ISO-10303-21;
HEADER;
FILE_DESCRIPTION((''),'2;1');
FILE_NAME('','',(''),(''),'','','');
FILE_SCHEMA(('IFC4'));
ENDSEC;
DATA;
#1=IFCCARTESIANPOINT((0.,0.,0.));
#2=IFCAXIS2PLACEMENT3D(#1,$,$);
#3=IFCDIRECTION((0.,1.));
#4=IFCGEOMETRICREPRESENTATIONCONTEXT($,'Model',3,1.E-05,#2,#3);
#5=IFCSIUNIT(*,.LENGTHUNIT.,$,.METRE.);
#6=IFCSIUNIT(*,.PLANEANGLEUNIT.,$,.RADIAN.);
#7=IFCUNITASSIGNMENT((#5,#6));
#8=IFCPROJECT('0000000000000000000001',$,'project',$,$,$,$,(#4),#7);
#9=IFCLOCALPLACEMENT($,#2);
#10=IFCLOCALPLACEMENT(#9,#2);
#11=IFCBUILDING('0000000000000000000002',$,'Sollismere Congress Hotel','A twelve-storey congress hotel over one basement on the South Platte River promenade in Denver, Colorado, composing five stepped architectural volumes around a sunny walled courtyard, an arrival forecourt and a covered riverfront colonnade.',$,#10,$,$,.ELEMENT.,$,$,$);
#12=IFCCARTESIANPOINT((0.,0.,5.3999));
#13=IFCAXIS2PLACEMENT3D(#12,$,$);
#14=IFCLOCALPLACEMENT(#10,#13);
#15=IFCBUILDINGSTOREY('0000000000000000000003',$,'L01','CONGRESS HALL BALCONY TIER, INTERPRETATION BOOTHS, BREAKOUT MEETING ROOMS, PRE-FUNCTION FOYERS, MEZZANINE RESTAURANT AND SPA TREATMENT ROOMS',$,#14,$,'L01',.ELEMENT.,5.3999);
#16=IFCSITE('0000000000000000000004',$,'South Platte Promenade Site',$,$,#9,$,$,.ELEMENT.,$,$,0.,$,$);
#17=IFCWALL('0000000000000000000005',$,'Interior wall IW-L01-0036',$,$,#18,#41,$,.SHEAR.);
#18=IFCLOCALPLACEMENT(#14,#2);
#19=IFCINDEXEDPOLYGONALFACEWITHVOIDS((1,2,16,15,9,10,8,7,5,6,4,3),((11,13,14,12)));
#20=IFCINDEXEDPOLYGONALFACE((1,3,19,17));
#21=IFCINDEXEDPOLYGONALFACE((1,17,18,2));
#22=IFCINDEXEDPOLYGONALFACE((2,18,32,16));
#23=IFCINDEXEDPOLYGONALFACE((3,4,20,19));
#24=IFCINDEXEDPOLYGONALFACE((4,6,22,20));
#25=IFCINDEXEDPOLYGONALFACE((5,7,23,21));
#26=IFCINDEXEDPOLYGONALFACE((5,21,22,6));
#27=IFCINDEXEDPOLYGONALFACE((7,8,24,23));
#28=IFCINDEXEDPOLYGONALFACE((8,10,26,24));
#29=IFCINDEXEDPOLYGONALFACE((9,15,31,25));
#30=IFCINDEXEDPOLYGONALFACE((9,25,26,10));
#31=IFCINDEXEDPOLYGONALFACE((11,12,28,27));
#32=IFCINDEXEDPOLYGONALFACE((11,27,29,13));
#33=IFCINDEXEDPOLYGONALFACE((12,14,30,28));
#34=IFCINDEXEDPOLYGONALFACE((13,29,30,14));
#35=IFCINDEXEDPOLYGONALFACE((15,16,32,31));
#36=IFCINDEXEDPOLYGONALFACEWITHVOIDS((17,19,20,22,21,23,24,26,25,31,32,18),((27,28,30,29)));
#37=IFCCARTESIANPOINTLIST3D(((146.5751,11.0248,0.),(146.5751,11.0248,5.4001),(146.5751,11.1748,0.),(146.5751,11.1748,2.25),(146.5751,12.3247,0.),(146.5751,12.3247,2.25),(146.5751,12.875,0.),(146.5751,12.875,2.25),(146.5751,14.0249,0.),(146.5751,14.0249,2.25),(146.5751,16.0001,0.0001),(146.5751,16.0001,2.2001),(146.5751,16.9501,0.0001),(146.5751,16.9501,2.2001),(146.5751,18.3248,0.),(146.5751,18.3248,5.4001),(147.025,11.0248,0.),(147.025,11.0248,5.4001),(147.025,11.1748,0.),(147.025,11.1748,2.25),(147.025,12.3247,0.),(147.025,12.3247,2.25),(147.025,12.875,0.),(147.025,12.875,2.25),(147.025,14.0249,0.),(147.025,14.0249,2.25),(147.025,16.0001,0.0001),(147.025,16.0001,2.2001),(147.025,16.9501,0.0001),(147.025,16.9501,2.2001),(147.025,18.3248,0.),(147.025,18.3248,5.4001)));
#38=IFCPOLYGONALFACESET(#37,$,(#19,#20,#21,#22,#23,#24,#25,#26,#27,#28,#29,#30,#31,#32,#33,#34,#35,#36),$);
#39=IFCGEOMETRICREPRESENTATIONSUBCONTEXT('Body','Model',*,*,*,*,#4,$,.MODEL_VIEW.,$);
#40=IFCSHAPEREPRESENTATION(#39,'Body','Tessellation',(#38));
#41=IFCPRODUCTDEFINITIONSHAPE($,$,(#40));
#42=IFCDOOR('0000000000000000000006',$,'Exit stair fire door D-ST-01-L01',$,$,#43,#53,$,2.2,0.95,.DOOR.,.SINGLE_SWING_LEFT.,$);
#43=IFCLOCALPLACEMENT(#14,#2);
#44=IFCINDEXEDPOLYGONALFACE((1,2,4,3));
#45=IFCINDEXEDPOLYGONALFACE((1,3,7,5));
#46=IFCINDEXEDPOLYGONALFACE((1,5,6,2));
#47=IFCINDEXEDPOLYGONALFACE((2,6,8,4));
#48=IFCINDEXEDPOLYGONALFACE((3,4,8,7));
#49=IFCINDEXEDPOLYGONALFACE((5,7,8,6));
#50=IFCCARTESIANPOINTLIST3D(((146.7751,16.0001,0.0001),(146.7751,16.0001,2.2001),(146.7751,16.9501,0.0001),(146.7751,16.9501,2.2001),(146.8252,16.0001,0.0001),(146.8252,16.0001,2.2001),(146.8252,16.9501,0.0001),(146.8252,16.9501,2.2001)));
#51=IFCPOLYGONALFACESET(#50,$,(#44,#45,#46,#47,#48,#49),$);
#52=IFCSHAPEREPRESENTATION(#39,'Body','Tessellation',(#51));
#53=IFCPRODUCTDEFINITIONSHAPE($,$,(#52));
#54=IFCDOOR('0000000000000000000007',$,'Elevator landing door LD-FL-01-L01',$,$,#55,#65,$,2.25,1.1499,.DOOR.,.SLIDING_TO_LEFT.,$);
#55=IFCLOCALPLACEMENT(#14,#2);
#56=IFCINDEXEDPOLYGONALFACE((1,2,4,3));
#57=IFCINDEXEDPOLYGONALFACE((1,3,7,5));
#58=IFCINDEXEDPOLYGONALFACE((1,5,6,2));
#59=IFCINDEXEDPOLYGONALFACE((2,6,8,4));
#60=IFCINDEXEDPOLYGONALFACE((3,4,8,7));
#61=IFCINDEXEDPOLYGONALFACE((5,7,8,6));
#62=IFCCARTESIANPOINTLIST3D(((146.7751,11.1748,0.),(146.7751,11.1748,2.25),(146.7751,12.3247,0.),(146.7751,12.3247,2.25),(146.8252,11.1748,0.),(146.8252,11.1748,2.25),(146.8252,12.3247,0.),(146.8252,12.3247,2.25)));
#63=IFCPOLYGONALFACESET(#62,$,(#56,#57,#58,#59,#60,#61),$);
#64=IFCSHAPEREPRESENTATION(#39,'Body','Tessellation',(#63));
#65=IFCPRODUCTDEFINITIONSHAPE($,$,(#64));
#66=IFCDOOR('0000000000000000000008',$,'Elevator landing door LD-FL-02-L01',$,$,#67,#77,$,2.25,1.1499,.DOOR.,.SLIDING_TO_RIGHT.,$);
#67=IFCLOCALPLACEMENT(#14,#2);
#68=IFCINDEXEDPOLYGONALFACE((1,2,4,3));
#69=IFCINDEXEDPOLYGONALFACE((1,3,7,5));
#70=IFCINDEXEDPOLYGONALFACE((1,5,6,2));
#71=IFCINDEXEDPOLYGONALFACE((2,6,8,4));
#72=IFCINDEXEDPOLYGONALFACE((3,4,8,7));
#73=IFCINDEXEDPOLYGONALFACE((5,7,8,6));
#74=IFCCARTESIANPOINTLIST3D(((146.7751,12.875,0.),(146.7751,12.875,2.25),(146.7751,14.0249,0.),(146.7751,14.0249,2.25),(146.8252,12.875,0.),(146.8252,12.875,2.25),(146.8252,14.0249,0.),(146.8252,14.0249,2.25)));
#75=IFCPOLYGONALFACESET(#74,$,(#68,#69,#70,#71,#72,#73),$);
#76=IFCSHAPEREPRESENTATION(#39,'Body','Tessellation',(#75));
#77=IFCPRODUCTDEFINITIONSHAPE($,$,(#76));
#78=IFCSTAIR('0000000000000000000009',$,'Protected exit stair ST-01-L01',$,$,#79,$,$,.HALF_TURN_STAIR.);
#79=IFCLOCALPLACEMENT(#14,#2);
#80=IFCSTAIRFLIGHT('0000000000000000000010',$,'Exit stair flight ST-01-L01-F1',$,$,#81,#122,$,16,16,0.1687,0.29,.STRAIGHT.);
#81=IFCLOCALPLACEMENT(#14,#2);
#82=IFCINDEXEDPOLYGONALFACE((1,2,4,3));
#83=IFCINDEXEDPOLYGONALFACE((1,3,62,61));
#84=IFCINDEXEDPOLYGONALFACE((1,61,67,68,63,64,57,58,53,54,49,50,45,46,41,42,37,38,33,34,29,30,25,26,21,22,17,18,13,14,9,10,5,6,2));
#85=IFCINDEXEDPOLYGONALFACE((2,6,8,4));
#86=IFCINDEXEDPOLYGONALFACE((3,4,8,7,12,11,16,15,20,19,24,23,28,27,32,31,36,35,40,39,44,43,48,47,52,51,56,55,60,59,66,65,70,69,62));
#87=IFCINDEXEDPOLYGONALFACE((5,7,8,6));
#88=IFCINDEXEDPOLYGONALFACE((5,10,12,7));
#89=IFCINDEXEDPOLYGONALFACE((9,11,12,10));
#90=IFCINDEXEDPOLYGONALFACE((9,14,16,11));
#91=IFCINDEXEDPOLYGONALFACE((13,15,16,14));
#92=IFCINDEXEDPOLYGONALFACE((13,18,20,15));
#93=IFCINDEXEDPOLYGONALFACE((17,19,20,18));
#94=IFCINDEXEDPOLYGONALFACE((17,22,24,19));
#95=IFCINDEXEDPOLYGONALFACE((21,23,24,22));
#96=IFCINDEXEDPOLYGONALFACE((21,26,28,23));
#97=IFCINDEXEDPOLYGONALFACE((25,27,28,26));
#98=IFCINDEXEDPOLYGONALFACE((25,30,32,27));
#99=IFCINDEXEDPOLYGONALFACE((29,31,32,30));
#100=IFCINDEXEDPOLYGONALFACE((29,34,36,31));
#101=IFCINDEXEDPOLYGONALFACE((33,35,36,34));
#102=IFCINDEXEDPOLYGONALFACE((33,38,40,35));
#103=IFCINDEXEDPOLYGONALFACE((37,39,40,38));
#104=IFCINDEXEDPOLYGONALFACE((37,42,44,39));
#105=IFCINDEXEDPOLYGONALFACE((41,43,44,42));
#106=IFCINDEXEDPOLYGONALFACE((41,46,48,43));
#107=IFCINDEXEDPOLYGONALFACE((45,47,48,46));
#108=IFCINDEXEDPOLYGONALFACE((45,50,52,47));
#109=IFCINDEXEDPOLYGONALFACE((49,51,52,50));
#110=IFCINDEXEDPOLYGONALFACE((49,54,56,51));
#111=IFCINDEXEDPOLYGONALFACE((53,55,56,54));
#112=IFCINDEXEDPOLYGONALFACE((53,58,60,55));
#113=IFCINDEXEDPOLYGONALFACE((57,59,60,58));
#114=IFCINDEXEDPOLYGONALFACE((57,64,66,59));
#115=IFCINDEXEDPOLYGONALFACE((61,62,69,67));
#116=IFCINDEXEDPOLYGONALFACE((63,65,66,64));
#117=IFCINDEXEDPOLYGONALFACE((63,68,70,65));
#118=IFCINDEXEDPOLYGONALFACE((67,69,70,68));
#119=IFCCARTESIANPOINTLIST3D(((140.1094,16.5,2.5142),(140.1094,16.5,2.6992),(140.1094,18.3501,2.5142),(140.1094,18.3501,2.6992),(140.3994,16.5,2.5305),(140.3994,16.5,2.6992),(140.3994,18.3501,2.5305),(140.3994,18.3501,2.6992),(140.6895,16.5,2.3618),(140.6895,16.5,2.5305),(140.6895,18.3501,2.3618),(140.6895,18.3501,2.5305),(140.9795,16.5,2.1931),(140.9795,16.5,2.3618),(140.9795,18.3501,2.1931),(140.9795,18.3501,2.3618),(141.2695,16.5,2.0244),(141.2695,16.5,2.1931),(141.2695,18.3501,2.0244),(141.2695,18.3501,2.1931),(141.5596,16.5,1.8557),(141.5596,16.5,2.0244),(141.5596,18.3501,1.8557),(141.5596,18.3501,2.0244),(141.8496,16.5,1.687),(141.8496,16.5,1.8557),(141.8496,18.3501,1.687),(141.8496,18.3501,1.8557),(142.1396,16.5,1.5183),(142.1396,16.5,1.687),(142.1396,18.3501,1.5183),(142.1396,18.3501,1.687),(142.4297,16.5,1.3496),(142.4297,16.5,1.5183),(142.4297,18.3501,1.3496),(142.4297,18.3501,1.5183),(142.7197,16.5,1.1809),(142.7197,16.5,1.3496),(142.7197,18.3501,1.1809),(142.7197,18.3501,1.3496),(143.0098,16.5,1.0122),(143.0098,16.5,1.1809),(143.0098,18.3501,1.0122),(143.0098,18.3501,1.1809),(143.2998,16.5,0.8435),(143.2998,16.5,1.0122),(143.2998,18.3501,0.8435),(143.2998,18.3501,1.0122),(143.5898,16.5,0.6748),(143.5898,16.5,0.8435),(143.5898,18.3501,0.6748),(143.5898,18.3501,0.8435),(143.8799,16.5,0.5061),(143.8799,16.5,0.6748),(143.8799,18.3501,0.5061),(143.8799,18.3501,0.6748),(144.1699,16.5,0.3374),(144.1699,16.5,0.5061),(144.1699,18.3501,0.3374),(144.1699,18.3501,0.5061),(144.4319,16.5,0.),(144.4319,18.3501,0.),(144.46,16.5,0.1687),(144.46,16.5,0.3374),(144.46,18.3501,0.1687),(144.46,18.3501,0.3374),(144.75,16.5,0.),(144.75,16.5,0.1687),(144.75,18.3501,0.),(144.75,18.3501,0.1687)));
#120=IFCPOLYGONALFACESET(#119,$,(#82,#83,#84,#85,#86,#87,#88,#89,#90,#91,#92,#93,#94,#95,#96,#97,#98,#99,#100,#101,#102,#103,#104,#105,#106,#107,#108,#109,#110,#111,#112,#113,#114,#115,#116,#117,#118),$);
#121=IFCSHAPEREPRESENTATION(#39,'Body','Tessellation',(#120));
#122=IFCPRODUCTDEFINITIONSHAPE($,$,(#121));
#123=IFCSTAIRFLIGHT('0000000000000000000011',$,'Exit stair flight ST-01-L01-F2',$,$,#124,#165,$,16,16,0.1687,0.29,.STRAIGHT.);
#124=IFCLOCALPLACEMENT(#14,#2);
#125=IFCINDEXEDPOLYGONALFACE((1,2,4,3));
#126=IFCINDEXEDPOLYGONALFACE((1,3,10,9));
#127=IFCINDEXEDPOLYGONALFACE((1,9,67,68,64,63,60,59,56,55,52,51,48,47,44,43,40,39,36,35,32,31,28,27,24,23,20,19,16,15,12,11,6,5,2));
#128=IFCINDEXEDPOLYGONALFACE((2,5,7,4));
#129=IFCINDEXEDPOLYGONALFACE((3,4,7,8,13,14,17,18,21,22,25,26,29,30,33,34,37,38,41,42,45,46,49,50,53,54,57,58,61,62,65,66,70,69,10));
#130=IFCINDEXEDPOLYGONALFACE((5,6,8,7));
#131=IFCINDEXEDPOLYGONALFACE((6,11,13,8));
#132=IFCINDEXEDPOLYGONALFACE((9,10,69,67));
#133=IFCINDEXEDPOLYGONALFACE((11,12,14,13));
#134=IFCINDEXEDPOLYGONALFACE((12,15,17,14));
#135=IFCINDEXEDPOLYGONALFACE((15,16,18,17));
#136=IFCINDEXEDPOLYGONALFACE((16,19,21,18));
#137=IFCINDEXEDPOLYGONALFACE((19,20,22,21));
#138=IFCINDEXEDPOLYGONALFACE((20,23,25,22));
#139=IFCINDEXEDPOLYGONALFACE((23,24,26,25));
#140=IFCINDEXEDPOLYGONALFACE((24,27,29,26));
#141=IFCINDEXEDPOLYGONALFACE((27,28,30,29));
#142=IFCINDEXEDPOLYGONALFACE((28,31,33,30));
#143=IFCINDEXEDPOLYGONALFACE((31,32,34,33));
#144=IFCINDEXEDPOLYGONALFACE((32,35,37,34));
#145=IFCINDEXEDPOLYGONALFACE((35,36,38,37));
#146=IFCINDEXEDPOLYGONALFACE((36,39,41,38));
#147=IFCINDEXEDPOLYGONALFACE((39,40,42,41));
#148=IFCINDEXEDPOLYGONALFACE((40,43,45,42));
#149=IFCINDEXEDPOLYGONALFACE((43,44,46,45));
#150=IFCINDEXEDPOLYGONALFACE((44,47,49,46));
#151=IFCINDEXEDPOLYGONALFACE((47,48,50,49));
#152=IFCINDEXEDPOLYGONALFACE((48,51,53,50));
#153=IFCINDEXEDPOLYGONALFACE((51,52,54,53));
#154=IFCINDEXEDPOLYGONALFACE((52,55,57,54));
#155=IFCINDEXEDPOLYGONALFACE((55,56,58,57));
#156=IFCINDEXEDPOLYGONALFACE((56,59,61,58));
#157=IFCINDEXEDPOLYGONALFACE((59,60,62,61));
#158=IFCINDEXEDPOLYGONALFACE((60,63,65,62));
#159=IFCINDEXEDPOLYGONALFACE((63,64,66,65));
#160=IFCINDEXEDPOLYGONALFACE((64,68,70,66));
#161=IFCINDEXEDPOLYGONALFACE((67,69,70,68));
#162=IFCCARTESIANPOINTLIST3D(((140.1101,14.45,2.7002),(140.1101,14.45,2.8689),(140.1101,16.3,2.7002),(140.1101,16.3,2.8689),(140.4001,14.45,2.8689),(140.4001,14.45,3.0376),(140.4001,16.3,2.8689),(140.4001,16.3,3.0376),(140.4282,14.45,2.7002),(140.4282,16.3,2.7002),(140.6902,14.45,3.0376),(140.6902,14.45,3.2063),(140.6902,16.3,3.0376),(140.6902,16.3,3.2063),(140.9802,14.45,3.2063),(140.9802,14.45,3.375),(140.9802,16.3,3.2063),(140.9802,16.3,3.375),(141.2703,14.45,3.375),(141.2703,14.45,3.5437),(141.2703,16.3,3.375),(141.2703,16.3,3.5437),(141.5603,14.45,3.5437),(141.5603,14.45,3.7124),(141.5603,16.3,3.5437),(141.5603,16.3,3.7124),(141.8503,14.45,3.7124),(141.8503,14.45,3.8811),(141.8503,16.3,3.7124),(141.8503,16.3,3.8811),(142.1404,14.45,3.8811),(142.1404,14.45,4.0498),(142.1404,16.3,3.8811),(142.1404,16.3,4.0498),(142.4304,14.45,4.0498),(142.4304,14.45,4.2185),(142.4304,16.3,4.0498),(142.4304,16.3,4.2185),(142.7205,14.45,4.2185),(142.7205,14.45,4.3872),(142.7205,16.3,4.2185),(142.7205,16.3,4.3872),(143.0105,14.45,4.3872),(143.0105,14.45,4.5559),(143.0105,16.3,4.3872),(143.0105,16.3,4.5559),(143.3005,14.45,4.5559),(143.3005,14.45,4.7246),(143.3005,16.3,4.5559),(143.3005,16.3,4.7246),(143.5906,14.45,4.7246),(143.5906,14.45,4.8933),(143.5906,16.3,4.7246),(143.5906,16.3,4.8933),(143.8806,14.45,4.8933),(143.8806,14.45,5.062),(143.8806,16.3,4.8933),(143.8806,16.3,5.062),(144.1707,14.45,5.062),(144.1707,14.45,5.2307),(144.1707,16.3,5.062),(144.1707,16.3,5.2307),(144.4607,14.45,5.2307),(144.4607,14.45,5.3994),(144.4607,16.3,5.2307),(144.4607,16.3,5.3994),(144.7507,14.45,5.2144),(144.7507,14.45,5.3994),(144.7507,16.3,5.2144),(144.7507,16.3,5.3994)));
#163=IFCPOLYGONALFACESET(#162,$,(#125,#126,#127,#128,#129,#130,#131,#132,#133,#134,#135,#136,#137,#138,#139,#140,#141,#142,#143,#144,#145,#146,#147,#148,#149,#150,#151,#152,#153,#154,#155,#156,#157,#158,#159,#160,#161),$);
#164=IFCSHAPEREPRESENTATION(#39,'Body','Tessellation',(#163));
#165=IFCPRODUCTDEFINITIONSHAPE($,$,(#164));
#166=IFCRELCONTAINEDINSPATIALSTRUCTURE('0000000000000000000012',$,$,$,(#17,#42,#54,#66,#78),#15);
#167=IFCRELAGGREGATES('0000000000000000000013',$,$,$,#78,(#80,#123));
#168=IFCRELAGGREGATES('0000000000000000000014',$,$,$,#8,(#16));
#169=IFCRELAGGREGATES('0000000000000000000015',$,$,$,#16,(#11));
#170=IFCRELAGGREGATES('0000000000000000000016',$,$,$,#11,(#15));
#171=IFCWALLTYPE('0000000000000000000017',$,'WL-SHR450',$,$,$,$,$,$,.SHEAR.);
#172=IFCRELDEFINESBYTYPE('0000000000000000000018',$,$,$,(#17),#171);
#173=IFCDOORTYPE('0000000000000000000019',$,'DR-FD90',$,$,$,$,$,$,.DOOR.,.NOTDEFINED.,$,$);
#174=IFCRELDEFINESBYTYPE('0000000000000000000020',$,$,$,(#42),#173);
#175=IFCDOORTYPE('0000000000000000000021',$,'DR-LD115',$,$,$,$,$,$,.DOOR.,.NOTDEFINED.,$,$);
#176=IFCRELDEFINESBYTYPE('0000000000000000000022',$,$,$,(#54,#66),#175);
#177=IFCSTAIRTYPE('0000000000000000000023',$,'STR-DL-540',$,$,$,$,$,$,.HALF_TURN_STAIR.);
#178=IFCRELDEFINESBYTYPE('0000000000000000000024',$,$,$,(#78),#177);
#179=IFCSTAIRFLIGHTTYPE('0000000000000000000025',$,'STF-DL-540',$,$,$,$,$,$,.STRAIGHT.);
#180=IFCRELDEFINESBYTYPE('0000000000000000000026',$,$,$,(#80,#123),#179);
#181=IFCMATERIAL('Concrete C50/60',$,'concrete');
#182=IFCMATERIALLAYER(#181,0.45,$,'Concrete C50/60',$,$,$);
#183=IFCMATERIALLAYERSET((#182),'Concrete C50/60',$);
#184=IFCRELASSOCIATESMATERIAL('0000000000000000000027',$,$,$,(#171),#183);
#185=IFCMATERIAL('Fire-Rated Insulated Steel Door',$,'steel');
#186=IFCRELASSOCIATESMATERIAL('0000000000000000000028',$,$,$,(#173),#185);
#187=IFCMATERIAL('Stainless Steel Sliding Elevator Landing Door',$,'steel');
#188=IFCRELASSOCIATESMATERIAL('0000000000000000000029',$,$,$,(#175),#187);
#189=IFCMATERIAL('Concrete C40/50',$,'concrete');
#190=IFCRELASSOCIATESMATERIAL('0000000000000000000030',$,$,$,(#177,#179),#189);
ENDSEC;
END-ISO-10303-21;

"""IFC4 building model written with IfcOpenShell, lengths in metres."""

from ifc_helpers import new_model, si_unit, direction, frame, frame_2d, origin, place, context, subcontext, project, spatial, polyline, rectangle, outline, extrude, material, layer, layer_set, type_object, element, fill, aggregate, save


model = new_model("IFC4")

# Units and contexts
model_context = context("Model", 3, precision=1e-05, world=origin(), true_north=direction((0.0, 1.0)))
body_context = subcontext(model_context, "Body", "Model", "MODEL_VIEW")
ifc_project = project(units=[si_unit("LENGTHUNIT", "METRE"), si_unit("PLANEANGLEUNIT", "RADIAN")], contexts=[model_context])

# Site, building, storey
site_placement = place(None, origin())
site = spatial("IfcSite", under=ifc_project, at=site_placement, Name="South Platte Promenade Site", CompositionType="ELEMENT", RefElevation=0.0)
building_placement = place(site_placement, origin())
building = spatial("IfcBuilding", under=site, at=building_placement, Name="Sollismere Congress Hotel", Description="A twelve-storey congress hotel over one basement on the South Platte River promenade in Denver, Colorado, composing five stepped architectural volumes around a sunny walled courtyard, an arrival forecourt and a covered riverfront colonnade.", CompositionType="ELEMENT")
storey_placement = place(building_placement, frame((0.0, 0.0, 5.3999)))
storey = spatial("IfcBuildingStorey", under=building, at=storey_placement, Name="L01", Description="CONGRESS HALL BALCONY TIER, INTERPRETATION BOOTHS, BREAKOUT MEETING ROOMS, PRE-FUNCTION FOYERS, MEZZANINE RESTAURANT AND SPA TREATMENT ROOMS", LongName="L01", CompositionType="ELEMENT", Elevation=5.3999)

# Shared definitions
ifc_material_1 = material(Name="Concrete C50/60", Category="concrete")

# Shared definitions
ifc_layer_1 = layer(ifc_material_1, 0.45, Name="Concrete C50/60")
ifc_layer_set_1 = layer_set([ifc_layer_1], Name="Concrete C50/60")
wall_type_1 = type_object("IfcWallType", Name="WL-SHR450", PredefinedType="SHEAR", material=ifc_layer_set_1)

# Wall, openings, doors
wall_1_placement = place(storey_placement, frame((146.8, 11.0249, 0.0), z_axis=(0.0, 0.0, 1.0), x_axis=(0.0, 1.0, 0.0)))
wall_1 = element("IfcWall", 1, at=wall_1_placement, inside=storey, type_object=wall_type_1, Name="Interior wall IW-L01-0036", PredefinedType="SHEAR", context=body_context, shape_type="SweptSolid", body=[
    extrude(rectangle(XDim=7.3, YDim=0.45, at=frame_2d((3.6499, 0.0))), origin(), (0.0, 0.0, 1.0), 5.4001),
])
opening_1_placement = place(wall_1_placement, frame((4.9751, 0.0, 0.0)))
opening_1 = element("IfcOpeningElement", 2, at=opening_1_placement, cuts=wall_1, PredefinedType="OPENING", context=body_context, shape_type="SweptSolid", body=[
    extrude(rectangle(XDim=0.95, YDim=2.2, at=frame_2d((0.4751, 1.1001))), frame((0.0, 0.2349, 0.0), z_axis=(0.0, -1.0, 0.0), x_axis=(1.0, 0.0, 0.0)), (0.0, 0.0, 1.0), 0.47),
])
opening_2_placement = place(wall_1_placement, frame((0.1499, 0.0, 0.0)))
opening_2 = element("IfcOpeningElement", 3, at=opening_2_placement, cuts=wall_1, PredefinedType="OPENING", context=body_context, shape_type="SweptSolid", body=[
    extrude(rectangle(XDim=1.1499, YDim=2.25, at=frame_2d((0.575, 1.125))), frame((0.0, 0.2349, 0.0), z_axis=(0.0, -1.0, 0.0), x_axis=(1.0, 0.0, 0.0)), (0.0, 0.0, 1.0), 0.47),
])
opening_3_placement = place(wall_1_placement, frame((1.8501, 0.0, 0.0)))
opening_3 = element("IfcOpeningElement", 4, at=opening_3_placement, cuts=wall_1, PredefinedType="OPENING", context=body_context, shape_type="SweptSolid", body=[
    extrude(rectangle(XDim=1.1499, YDim=2.25, at=frame_2d((0.575, 1.125))), frame((0.0, 0.2349, 0.0), z_axis=(0.0, -1.0, 0.0), x_axis=(1.0, 0.0, 0.0)), (0.0, 0.0, 1.0), 0.47),
])
ifc_material_2 = material(Name="Fire-Rated Insulated Steel Door", Category="steel")
door_type_1 = type_object("IfcDoorType", Name="DR-FD90", OperationType="NOTDEFINED", PredefinedType="DOOR", material=ifc_material_2)
door_1_placement = place(opening_1_placement, origin())
door_1 = element("IfcDoor", 5, at=door_1_placement, inside=storey, type_object=door_type_1, Name="Exit stair fire door D-ST-01-L01", OperationType="SINGLE_SWING_LEFT", OverallHeight=2.2, OverallWidth=0.95, PredefinedType="DOOR", context=body_context, shape_type="SweptSolid", body=[
    extrude(rectangle(XDim=0.95, YDim=2.2, at=frame_2d((0.4751, 1.1001))), frame((0.0, 0.0249, 0.0), z_axis=(0.0, -1.0, 0.0), x_axis=(1.0, 0.0, 0.0)), (0.0, 0.0, 1.0), 0.05),
])
fill(opening_1, door_1)
ifc_material_3 = material(Name="Stainless Steel Sliding Elevator Landing Door", Category="steel")
door_type_2 = type_object("IfcDoorType", Name="DR-LD115", OperationType="NOTDEFINED", PredefinedType="DOOR", material=ifc_material_3)
door_2_placement = place(opening_2_placement, origin())
door_2 = element("IfcDoor", 6, at=door_2_placement, inside=storey, type_object=door_type_2, Name="Elevator landing door LD-FL-01-L01", OperationType="SLIDING_TO_LEFT", OverallHeight=2.25, OverallWidth=1.1499, PredefinedType="DOOR", context=body_context, shape_type="SweptSolid", body=[
    extrude(rectangle(XDim=1.1499, YDim=2.25, at=frame_2d((0.575, 1.125))), frame((0.0, 0.0249, 0.0), z_axis=(0.0, -1.0, 0.0), x_axis=(1.0, 0.0, 0.0)), (0.0, 0.0, 1.0), 0.05),
])
fill(opening_2, door_2)
door_3_placement = place(opening_3_placement, origin())
door_3 = element("IfcDoor", 7, at=door_3_placement, inside=storey, type_object=door_type_2, Name="Elevator landing door LD-FL-02-L01", OperationType="SLIDING_TO_RIGHT", OverallHeight=2.25, OverallWidth=1.1499, PredefinedType="DOOR", context=body_context, shape_type="SweptSolid", body=[
    extrude(rectangle(XDim=1.1499, YDim=2.25, at=frame_2d((0.575, 1.125))), frame((0.0, 0.0249, 0.0), z_axis=(0.0, -1.0, 0.0), x_axis=(1.0, 0.0, 0.0)), (0.0, 0.0, 1.0), 0.05),
])
fill(opening_3, door_3)

# Stair, stair flights
ifc_material_4 = material(Name="Concrete C40/50", Category="concrete")
stair_type = type_object("IfcStairType", Name="STR-DL-540", PredefinedType="HALF_TURN_STAIR", material=ifc_material_4)
stair_placement = place(storey_placement, origin())
stair = element("IfcStair", 8, at=stair_placement, inside=storey, type_object=stair_type, Name="Protected exit stair ST-01-L01", PredefinedType="HALF_TURN_STAIR")
stair_flight_type = type_object("IfcStairFlightType", Name="STF-DL-540", PredefinedType="STRAIGHT", material=ifc_material_4)
stair_flight_1_placement = place(storey_placement, frame((144.75, 17.425, 0.0), z_axis=(0.0, 0.0, 1.0), x_axis=(-1.0, 0.0, 0.0)))
stair_flight_1 = element("IfcStairFlight", 9, at=stair_flight_1_placement, type_object=stair_flight_type, Name="Exit stair flight ST-01-L01-F1", NumberOfRisers=16, NumberOfTreads=16, PredefinedType="STRAIGHT", RiserHeight=0.1687, TreadLength=0.29, context=body_context, shape_type="SweptSolid", body=[
    extrude(outline(polyline([(0.0, 0.0), (0.0, 0.1687), (0.29, 0.1687), (0.29, 0.3374), (0.5801, 0.3374), (0.5801, 0.5061), (0.8701, 0.5061), (0.8701, 0.6748), (1.1602, 0.6748), (1.1602, 0.8435), (1.4502, 0.8435), (1.4502, 1.0122), (1.7402, 1.0122), (1.7402, 1.1809), (2.0303, 1.1809), (2.0303, 1.3496), (2.3203, 1.3496), (2.3203, 1.5183), (2.6104, 1.5183), (2.6104, 1.687), (2.9004, 1.687), (2.9004, 1.8557), (3.1904, 1.8557), (3.1904, 2.0244), (3.4805, 2.0244), (3.4805, 2.1931), (3.7705, 2.1931), (3.7705, 2.3618), (4.0605, 2.3618), (4.0605, 2.5305), (4.3506, 2.5305), (4.3506, 2.6992), (4.6406, 2.6992), (4.6406, 2.5142), (0.3181, 0.0), (0.0, 0.0)])), frame((0.0, 0.925, 0.0), z_axis=(0.0, -1.0, 0.0), x_axis=(1.0, 0.0, 0.0)), (0.0, 0.0, 1.0), 1.8501),
])
stair_flight_2_placement = place(storey_placement, frame((140.1101, 15.375, 2.7002), z_axis=(0.0, 0.0, 1.0), x_axis=(1.0, 0.0, 0.0)))
stair_flight_2 = element("IfcStairFlight", 10, at=stair_flight_2_placement, type_object=stair_flight_type, Name="Exit stair flight ST-01-L01-F2", NumberOfRisers=16, NumberOfTreads=16, PredefinedType="STRAIGHT", RiserHeight=0.1687, TreadLength=0.29, context=body_context, shape_type="SweptSolid", body=[
    extrude(outline(polyline([(0.0, 0.0), (0.0, 0.1687), (0.29, 0.1687), (0.29, 0.3374), (0.5801, 0.3374), (0.5801, 0.5061), (0.8701, 0.5061), (0.8701, 0.6748), (1.1602, 0.6748), (1.1602, 0.8435), (1.4502, 0.8435), (1.4502, 1.0122), (1.7402, 1.0122), (1.7402, 1.1809), (2.0303, 1.1809), (2.0303, 1.3496), (2.3203, 1.3496), (2.3203, 1.5183), (2.6104, 1.5183), (2.6104, 1.687), (2.9004, 1.687), (2.9004, 1.8557), (3.1904, 1.8557), (3.1904, 2.0244), (3.4805, 2.0244), (3.4805, 2.1931), (3.7705, 2.1931), (3.7705, 2.3618), (4.0605, 2.3618), (4.0605, 2.5305), (4.3506, 2.5305), (4.3506, 2.6992), (4.6406, 2.6992), (4.6406, 2.5142), (0.3181, 0.0), (0.0, 0.0)])), frame((0.0, 0.925, 0.0), z_axis=(0.0, -1.0, 0.0), x_axis=(1.0, 0.0, 0.0)), (0.0, 0.0, 1.0), 1.8501),
])
aggregate(stair, [stair_flight_1, stair_flight_2])

save(model, "model.ifc")
